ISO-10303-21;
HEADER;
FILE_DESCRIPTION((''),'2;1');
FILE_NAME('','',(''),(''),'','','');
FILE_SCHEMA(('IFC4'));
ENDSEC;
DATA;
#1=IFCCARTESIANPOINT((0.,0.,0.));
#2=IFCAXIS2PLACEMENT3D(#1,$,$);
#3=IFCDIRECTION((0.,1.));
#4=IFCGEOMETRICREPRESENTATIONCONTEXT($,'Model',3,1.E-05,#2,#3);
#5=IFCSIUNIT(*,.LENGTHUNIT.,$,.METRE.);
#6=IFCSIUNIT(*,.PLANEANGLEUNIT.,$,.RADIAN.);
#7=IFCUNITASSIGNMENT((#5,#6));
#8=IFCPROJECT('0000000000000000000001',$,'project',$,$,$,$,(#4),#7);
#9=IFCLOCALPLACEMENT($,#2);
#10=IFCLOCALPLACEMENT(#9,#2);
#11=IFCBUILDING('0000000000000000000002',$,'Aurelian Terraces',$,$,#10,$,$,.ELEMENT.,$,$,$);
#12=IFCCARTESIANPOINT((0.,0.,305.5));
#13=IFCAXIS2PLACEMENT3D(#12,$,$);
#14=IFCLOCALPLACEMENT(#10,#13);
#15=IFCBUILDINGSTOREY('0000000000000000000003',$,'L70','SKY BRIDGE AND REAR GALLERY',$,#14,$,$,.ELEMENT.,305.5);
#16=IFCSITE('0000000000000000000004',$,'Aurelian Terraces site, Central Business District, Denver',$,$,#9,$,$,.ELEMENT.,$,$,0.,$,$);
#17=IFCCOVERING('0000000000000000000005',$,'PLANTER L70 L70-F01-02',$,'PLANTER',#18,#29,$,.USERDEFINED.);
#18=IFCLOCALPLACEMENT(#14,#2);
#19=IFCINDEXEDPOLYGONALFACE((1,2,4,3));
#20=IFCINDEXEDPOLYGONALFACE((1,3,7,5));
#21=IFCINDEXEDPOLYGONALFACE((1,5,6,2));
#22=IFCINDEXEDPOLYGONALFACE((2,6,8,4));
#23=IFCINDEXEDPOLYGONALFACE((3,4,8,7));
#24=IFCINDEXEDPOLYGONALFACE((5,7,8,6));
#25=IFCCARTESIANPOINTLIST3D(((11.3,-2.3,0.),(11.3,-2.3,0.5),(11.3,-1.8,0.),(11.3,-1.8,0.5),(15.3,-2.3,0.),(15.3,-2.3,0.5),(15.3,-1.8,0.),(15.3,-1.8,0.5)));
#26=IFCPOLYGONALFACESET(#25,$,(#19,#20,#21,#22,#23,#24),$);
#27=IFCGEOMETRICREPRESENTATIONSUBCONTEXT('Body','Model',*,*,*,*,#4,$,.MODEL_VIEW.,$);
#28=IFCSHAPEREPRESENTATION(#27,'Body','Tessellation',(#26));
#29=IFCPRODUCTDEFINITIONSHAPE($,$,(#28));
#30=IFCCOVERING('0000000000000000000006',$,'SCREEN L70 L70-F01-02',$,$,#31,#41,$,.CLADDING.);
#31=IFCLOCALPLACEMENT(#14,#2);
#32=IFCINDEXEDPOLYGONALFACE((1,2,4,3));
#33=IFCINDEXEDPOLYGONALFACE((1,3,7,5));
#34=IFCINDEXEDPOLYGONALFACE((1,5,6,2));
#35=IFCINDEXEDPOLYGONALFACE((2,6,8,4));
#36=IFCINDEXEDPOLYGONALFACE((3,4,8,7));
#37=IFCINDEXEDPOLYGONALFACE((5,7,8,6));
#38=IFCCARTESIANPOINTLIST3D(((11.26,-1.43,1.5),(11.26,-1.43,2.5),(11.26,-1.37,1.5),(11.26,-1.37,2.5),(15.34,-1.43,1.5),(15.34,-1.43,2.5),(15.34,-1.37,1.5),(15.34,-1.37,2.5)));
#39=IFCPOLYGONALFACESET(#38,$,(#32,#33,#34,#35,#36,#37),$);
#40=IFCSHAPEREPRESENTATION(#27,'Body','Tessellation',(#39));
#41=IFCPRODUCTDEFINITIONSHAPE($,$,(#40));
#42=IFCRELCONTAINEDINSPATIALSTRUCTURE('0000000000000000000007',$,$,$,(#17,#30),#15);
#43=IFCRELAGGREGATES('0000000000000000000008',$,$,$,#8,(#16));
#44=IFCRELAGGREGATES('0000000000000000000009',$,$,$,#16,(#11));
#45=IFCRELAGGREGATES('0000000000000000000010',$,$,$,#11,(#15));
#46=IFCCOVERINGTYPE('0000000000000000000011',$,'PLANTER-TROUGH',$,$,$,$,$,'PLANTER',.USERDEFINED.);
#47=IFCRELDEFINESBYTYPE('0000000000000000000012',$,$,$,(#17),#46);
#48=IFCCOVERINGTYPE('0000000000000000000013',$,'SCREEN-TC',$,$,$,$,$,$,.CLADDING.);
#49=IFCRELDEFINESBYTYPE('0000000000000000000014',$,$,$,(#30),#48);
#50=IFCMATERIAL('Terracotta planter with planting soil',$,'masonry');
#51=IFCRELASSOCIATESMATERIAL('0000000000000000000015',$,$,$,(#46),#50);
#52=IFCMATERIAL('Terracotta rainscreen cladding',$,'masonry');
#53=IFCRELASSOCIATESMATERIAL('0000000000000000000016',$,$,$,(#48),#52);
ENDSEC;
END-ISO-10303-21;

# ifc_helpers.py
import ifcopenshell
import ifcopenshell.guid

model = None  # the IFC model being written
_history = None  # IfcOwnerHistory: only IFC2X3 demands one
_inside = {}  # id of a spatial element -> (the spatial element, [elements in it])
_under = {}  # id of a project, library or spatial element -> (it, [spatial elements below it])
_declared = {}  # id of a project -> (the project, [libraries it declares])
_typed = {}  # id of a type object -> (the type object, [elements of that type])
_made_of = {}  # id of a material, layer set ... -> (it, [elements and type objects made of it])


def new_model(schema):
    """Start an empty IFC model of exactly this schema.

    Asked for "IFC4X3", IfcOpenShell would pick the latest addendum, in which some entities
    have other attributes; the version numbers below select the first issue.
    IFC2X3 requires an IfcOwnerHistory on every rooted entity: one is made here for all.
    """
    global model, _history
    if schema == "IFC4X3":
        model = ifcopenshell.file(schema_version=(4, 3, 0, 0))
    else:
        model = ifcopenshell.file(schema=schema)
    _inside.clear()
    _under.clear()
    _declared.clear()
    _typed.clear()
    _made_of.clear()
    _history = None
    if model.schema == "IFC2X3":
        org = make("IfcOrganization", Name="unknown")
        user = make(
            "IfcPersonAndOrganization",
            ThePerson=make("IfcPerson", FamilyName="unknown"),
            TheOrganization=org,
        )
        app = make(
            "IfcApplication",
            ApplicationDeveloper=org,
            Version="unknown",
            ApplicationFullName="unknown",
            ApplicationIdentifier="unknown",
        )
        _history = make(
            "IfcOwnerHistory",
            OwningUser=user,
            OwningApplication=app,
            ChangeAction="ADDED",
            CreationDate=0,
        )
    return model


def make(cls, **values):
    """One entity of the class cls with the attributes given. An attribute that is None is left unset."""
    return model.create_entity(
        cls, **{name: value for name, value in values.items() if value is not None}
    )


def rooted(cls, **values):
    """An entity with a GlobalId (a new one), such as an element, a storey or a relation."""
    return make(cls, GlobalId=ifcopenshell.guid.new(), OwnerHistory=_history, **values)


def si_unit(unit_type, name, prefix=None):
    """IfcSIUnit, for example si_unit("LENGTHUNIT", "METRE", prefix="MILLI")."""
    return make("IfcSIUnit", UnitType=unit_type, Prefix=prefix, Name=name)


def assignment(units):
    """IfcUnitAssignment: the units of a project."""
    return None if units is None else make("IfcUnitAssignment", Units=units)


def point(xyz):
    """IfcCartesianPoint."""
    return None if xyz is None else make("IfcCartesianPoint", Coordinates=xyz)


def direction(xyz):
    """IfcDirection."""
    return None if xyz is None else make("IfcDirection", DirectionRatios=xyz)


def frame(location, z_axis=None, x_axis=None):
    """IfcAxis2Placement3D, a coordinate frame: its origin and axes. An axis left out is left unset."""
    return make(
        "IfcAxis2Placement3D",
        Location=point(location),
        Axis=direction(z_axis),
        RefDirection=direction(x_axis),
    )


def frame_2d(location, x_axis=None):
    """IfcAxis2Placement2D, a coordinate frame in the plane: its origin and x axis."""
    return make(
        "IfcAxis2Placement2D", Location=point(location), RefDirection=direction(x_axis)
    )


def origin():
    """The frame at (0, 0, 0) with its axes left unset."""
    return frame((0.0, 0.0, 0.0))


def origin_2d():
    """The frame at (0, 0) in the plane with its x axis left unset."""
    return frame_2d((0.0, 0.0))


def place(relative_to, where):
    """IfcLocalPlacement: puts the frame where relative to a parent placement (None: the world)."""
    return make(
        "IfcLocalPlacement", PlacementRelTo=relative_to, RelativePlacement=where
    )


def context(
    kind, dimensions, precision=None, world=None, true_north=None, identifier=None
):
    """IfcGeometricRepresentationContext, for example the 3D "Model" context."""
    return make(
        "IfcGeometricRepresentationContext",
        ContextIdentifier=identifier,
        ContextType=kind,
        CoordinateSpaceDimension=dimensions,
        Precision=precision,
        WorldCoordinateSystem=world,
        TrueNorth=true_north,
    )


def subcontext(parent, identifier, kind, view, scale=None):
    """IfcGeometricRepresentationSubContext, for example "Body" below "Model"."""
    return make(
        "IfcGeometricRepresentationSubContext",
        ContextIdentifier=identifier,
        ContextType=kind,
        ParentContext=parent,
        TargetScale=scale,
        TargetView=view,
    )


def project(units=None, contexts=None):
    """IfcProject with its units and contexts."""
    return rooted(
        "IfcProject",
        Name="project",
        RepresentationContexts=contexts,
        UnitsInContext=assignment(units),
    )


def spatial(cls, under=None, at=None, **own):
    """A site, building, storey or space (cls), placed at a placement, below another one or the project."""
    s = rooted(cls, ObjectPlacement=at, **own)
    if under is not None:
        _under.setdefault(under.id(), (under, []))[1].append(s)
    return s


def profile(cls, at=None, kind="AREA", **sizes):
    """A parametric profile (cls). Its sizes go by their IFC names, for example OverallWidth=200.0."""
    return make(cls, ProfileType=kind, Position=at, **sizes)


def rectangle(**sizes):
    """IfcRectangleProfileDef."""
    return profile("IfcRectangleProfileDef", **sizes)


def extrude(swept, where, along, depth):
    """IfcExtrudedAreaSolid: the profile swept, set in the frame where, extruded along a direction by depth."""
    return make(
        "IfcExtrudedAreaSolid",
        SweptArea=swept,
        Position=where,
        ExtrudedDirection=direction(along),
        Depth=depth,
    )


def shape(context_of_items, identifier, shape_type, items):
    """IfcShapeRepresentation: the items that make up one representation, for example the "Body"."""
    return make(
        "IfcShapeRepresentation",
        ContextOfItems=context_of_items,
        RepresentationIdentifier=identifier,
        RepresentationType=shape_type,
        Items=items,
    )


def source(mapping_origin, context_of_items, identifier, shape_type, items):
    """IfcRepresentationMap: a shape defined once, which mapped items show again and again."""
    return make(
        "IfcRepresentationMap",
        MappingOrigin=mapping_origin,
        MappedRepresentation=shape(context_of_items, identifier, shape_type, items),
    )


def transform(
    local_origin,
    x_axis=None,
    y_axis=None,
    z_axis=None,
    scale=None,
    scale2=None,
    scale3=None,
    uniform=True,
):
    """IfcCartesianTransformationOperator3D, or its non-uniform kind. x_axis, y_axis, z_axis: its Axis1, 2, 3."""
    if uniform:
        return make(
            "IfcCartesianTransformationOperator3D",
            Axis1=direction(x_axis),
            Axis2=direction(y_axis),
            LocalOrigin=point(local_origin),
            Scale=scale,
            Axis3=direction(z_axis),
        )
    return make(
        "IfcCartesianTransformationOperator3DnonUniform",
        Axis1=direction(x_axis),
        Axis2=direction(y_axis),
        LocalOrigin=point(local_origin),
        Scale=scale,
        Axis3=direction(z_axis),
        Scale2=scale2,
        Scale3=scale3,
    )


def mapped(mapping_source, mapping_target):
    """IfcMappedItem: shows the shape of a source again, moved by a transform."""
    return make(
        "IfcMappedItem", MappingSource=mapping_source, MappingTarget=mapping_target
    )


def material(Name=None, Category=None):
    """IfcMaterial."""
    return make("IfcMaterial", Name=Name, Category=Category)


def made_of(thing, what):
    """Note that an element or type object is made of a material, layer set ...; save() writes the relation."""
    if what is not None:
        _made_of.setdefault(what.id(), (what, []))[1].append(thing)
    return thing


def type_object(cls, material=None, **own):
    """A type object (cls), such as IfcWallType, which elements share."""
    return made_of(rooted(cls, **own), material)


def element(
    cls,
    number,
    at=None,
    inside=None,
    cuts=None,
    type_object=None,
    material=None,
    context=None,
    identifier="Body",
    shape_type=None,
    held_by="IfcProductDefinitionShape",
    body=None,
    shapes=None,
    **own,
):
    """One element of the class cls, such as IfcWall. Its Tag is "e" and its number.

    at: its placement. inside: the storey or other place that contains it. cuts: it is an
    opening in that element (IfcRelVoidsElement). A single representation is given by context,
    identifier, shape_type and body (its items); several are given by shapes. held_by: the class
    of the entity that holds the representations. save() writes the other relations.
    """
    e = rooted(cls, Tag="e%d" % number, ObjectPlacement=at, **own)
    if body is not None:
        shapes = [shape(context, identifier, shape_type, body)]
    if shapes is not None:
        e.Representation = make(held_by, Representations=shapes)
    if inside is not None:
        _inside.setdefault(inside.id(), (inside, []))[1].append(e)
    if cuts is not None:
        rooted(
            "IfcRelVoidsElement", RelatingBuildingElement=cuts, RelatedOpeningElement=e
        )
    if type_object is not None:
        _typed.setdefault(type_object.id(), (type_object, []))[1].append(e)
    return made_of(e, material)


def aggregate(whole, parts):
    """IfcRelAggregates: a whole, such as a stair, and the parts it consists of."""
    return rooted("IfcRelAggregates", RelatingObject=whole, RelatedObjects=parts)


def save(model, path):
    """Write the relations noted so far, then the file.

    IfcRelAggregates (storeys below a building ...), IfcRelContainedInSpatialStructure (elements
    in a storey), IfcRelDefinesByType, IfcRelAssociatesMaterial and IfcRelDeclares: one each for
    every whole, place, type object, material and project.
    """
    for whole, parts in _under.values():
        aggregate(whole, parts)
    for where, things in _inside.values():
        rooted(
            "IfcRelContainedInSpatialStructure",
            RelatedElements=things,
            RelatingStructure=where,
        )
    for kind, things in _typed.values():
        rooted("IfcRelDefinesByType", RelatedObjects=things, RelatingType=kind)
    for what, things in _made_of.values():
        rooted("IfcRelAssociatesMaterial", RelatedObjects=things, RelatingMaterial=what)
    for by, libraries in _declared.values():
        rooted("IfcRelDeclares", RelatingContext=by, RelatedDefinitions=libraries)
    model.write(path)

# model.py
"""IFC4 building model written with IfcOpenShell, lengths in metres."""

from ifc_helpers import new_model, si_unit, direction, frame, origin, origin_2d, place, context, subcontext, project, spatial, rectangle, extrude, source, transform, mapped, material, type_object, element, save


model = new_model("IFC4")

# Units and contexts
model_context = context("Model", 3, precision=1e-05, world=origin(), true_north=direction((0.0, 1.0)))
body_context = subcontext(model_context, "Body", "Model", "MODEL_VIEW")
ifc_project = project(units=[si_unit("LENGTHUNIT", "METRE"), si_unit("PLANEANGLEUNIT", "RADIAN")], contexts=[model_context])

# Site, building, storey
site_placement = place(None, origin())
site = spatial("IfcSite", under=ifc_project, at=site_placement, Name="Aurelian Terraces site, Central Business District, Denver", CompositionType="ELEMENT", RefElevation=0.0)
building_placement = place(site_placement, origin())
building = spatial("IfcBuilding", under=site, at=building_placement, Name="Aurelian Terraces", CompositionType="ELEMENT")
storey_placement = place(building_placement, frame((0.0, 0.0, 305.5)))
storey = spatial("IfcBuildingStorey", under=building, at=storey_placement, Name="L70", Description="SKY BRIDGE AND REAR GALLERY", CompositionType="ELEMENT", Elevation=305.5)

# Shared definitions
ifc_material_1 = material(Name="Terracotta rainscreen cladding", Category="masonry")

# Shared definitions
ifc_material_2 = material(Name="Terracotta planter with planting soil", Category="masonry")
covering_type_1 = type_object("IfcCoveringType", Name="PLANTER-TROUGH", ElementType="PLANTER", PredefinedType="USERDEFINED", material=ifc_material_2)
covering_type_2 = type_object("IfcCoveringType", Name="SCREEN-TC", PredefinedType="CLADDING", material=ifc_material_1)

# Coverings
shared_shape_1 = source(origin(), body_context, "Body", "SweptSolid", [
    extrude(rectangle(XDim=4.0, YDim=0.5, at=origin_2d()), origin(), (0.0, 0.0, 1.0), 0.5),
])
covering_1_placement = place(storey_placement, frame((13.3, -2.05, 0.0), z_axis=(0.0, 0.0, 1.0), x_axis=(1.0, 0.0, 0.0)))
element("IfcCovering", 1, at=covering_1_placement, inside=storey, type_object=covering_type_1, Name="PLANTER L70 L70-F01-02", ObjectType="PLANTER", PredefinedType="USERDEFINED", context=body_context, shape_type="MappedRepresentation", body=[
    mapped(shared_shape_1, transform((0.0, 0.0, 0.0), scale=1.0)),
])
shared_shape_2 = source(origin(), body_context, "Body", "SweptSolid", [
    extrude(rectangle(XDim=4.08, YDim=0.06, at=origin_2d()), origin(), (0.0, 0.0, 1.0), 1.0),
])
covering_2_placement = place(storey_placement, frame((13.3, -1.4, 1.5), z_axis=(0.0, 0.0, 1.0), x_axis=(1.0, 0.0, 0.0)))
element("IfcCovering", 2, at=covering_2_placement, inside=storey, type_object=covering_type_2, Name="SCREEN L70 L70-F01-02", PredefinedType="CLADDING", context=body_context, shape_type="MappedRepresentation", body=[
    mapped(shared_shape_2, transform((0.0, 0.0, 0.0), scale=1.0)),
])

save(model, "model.ifc")
